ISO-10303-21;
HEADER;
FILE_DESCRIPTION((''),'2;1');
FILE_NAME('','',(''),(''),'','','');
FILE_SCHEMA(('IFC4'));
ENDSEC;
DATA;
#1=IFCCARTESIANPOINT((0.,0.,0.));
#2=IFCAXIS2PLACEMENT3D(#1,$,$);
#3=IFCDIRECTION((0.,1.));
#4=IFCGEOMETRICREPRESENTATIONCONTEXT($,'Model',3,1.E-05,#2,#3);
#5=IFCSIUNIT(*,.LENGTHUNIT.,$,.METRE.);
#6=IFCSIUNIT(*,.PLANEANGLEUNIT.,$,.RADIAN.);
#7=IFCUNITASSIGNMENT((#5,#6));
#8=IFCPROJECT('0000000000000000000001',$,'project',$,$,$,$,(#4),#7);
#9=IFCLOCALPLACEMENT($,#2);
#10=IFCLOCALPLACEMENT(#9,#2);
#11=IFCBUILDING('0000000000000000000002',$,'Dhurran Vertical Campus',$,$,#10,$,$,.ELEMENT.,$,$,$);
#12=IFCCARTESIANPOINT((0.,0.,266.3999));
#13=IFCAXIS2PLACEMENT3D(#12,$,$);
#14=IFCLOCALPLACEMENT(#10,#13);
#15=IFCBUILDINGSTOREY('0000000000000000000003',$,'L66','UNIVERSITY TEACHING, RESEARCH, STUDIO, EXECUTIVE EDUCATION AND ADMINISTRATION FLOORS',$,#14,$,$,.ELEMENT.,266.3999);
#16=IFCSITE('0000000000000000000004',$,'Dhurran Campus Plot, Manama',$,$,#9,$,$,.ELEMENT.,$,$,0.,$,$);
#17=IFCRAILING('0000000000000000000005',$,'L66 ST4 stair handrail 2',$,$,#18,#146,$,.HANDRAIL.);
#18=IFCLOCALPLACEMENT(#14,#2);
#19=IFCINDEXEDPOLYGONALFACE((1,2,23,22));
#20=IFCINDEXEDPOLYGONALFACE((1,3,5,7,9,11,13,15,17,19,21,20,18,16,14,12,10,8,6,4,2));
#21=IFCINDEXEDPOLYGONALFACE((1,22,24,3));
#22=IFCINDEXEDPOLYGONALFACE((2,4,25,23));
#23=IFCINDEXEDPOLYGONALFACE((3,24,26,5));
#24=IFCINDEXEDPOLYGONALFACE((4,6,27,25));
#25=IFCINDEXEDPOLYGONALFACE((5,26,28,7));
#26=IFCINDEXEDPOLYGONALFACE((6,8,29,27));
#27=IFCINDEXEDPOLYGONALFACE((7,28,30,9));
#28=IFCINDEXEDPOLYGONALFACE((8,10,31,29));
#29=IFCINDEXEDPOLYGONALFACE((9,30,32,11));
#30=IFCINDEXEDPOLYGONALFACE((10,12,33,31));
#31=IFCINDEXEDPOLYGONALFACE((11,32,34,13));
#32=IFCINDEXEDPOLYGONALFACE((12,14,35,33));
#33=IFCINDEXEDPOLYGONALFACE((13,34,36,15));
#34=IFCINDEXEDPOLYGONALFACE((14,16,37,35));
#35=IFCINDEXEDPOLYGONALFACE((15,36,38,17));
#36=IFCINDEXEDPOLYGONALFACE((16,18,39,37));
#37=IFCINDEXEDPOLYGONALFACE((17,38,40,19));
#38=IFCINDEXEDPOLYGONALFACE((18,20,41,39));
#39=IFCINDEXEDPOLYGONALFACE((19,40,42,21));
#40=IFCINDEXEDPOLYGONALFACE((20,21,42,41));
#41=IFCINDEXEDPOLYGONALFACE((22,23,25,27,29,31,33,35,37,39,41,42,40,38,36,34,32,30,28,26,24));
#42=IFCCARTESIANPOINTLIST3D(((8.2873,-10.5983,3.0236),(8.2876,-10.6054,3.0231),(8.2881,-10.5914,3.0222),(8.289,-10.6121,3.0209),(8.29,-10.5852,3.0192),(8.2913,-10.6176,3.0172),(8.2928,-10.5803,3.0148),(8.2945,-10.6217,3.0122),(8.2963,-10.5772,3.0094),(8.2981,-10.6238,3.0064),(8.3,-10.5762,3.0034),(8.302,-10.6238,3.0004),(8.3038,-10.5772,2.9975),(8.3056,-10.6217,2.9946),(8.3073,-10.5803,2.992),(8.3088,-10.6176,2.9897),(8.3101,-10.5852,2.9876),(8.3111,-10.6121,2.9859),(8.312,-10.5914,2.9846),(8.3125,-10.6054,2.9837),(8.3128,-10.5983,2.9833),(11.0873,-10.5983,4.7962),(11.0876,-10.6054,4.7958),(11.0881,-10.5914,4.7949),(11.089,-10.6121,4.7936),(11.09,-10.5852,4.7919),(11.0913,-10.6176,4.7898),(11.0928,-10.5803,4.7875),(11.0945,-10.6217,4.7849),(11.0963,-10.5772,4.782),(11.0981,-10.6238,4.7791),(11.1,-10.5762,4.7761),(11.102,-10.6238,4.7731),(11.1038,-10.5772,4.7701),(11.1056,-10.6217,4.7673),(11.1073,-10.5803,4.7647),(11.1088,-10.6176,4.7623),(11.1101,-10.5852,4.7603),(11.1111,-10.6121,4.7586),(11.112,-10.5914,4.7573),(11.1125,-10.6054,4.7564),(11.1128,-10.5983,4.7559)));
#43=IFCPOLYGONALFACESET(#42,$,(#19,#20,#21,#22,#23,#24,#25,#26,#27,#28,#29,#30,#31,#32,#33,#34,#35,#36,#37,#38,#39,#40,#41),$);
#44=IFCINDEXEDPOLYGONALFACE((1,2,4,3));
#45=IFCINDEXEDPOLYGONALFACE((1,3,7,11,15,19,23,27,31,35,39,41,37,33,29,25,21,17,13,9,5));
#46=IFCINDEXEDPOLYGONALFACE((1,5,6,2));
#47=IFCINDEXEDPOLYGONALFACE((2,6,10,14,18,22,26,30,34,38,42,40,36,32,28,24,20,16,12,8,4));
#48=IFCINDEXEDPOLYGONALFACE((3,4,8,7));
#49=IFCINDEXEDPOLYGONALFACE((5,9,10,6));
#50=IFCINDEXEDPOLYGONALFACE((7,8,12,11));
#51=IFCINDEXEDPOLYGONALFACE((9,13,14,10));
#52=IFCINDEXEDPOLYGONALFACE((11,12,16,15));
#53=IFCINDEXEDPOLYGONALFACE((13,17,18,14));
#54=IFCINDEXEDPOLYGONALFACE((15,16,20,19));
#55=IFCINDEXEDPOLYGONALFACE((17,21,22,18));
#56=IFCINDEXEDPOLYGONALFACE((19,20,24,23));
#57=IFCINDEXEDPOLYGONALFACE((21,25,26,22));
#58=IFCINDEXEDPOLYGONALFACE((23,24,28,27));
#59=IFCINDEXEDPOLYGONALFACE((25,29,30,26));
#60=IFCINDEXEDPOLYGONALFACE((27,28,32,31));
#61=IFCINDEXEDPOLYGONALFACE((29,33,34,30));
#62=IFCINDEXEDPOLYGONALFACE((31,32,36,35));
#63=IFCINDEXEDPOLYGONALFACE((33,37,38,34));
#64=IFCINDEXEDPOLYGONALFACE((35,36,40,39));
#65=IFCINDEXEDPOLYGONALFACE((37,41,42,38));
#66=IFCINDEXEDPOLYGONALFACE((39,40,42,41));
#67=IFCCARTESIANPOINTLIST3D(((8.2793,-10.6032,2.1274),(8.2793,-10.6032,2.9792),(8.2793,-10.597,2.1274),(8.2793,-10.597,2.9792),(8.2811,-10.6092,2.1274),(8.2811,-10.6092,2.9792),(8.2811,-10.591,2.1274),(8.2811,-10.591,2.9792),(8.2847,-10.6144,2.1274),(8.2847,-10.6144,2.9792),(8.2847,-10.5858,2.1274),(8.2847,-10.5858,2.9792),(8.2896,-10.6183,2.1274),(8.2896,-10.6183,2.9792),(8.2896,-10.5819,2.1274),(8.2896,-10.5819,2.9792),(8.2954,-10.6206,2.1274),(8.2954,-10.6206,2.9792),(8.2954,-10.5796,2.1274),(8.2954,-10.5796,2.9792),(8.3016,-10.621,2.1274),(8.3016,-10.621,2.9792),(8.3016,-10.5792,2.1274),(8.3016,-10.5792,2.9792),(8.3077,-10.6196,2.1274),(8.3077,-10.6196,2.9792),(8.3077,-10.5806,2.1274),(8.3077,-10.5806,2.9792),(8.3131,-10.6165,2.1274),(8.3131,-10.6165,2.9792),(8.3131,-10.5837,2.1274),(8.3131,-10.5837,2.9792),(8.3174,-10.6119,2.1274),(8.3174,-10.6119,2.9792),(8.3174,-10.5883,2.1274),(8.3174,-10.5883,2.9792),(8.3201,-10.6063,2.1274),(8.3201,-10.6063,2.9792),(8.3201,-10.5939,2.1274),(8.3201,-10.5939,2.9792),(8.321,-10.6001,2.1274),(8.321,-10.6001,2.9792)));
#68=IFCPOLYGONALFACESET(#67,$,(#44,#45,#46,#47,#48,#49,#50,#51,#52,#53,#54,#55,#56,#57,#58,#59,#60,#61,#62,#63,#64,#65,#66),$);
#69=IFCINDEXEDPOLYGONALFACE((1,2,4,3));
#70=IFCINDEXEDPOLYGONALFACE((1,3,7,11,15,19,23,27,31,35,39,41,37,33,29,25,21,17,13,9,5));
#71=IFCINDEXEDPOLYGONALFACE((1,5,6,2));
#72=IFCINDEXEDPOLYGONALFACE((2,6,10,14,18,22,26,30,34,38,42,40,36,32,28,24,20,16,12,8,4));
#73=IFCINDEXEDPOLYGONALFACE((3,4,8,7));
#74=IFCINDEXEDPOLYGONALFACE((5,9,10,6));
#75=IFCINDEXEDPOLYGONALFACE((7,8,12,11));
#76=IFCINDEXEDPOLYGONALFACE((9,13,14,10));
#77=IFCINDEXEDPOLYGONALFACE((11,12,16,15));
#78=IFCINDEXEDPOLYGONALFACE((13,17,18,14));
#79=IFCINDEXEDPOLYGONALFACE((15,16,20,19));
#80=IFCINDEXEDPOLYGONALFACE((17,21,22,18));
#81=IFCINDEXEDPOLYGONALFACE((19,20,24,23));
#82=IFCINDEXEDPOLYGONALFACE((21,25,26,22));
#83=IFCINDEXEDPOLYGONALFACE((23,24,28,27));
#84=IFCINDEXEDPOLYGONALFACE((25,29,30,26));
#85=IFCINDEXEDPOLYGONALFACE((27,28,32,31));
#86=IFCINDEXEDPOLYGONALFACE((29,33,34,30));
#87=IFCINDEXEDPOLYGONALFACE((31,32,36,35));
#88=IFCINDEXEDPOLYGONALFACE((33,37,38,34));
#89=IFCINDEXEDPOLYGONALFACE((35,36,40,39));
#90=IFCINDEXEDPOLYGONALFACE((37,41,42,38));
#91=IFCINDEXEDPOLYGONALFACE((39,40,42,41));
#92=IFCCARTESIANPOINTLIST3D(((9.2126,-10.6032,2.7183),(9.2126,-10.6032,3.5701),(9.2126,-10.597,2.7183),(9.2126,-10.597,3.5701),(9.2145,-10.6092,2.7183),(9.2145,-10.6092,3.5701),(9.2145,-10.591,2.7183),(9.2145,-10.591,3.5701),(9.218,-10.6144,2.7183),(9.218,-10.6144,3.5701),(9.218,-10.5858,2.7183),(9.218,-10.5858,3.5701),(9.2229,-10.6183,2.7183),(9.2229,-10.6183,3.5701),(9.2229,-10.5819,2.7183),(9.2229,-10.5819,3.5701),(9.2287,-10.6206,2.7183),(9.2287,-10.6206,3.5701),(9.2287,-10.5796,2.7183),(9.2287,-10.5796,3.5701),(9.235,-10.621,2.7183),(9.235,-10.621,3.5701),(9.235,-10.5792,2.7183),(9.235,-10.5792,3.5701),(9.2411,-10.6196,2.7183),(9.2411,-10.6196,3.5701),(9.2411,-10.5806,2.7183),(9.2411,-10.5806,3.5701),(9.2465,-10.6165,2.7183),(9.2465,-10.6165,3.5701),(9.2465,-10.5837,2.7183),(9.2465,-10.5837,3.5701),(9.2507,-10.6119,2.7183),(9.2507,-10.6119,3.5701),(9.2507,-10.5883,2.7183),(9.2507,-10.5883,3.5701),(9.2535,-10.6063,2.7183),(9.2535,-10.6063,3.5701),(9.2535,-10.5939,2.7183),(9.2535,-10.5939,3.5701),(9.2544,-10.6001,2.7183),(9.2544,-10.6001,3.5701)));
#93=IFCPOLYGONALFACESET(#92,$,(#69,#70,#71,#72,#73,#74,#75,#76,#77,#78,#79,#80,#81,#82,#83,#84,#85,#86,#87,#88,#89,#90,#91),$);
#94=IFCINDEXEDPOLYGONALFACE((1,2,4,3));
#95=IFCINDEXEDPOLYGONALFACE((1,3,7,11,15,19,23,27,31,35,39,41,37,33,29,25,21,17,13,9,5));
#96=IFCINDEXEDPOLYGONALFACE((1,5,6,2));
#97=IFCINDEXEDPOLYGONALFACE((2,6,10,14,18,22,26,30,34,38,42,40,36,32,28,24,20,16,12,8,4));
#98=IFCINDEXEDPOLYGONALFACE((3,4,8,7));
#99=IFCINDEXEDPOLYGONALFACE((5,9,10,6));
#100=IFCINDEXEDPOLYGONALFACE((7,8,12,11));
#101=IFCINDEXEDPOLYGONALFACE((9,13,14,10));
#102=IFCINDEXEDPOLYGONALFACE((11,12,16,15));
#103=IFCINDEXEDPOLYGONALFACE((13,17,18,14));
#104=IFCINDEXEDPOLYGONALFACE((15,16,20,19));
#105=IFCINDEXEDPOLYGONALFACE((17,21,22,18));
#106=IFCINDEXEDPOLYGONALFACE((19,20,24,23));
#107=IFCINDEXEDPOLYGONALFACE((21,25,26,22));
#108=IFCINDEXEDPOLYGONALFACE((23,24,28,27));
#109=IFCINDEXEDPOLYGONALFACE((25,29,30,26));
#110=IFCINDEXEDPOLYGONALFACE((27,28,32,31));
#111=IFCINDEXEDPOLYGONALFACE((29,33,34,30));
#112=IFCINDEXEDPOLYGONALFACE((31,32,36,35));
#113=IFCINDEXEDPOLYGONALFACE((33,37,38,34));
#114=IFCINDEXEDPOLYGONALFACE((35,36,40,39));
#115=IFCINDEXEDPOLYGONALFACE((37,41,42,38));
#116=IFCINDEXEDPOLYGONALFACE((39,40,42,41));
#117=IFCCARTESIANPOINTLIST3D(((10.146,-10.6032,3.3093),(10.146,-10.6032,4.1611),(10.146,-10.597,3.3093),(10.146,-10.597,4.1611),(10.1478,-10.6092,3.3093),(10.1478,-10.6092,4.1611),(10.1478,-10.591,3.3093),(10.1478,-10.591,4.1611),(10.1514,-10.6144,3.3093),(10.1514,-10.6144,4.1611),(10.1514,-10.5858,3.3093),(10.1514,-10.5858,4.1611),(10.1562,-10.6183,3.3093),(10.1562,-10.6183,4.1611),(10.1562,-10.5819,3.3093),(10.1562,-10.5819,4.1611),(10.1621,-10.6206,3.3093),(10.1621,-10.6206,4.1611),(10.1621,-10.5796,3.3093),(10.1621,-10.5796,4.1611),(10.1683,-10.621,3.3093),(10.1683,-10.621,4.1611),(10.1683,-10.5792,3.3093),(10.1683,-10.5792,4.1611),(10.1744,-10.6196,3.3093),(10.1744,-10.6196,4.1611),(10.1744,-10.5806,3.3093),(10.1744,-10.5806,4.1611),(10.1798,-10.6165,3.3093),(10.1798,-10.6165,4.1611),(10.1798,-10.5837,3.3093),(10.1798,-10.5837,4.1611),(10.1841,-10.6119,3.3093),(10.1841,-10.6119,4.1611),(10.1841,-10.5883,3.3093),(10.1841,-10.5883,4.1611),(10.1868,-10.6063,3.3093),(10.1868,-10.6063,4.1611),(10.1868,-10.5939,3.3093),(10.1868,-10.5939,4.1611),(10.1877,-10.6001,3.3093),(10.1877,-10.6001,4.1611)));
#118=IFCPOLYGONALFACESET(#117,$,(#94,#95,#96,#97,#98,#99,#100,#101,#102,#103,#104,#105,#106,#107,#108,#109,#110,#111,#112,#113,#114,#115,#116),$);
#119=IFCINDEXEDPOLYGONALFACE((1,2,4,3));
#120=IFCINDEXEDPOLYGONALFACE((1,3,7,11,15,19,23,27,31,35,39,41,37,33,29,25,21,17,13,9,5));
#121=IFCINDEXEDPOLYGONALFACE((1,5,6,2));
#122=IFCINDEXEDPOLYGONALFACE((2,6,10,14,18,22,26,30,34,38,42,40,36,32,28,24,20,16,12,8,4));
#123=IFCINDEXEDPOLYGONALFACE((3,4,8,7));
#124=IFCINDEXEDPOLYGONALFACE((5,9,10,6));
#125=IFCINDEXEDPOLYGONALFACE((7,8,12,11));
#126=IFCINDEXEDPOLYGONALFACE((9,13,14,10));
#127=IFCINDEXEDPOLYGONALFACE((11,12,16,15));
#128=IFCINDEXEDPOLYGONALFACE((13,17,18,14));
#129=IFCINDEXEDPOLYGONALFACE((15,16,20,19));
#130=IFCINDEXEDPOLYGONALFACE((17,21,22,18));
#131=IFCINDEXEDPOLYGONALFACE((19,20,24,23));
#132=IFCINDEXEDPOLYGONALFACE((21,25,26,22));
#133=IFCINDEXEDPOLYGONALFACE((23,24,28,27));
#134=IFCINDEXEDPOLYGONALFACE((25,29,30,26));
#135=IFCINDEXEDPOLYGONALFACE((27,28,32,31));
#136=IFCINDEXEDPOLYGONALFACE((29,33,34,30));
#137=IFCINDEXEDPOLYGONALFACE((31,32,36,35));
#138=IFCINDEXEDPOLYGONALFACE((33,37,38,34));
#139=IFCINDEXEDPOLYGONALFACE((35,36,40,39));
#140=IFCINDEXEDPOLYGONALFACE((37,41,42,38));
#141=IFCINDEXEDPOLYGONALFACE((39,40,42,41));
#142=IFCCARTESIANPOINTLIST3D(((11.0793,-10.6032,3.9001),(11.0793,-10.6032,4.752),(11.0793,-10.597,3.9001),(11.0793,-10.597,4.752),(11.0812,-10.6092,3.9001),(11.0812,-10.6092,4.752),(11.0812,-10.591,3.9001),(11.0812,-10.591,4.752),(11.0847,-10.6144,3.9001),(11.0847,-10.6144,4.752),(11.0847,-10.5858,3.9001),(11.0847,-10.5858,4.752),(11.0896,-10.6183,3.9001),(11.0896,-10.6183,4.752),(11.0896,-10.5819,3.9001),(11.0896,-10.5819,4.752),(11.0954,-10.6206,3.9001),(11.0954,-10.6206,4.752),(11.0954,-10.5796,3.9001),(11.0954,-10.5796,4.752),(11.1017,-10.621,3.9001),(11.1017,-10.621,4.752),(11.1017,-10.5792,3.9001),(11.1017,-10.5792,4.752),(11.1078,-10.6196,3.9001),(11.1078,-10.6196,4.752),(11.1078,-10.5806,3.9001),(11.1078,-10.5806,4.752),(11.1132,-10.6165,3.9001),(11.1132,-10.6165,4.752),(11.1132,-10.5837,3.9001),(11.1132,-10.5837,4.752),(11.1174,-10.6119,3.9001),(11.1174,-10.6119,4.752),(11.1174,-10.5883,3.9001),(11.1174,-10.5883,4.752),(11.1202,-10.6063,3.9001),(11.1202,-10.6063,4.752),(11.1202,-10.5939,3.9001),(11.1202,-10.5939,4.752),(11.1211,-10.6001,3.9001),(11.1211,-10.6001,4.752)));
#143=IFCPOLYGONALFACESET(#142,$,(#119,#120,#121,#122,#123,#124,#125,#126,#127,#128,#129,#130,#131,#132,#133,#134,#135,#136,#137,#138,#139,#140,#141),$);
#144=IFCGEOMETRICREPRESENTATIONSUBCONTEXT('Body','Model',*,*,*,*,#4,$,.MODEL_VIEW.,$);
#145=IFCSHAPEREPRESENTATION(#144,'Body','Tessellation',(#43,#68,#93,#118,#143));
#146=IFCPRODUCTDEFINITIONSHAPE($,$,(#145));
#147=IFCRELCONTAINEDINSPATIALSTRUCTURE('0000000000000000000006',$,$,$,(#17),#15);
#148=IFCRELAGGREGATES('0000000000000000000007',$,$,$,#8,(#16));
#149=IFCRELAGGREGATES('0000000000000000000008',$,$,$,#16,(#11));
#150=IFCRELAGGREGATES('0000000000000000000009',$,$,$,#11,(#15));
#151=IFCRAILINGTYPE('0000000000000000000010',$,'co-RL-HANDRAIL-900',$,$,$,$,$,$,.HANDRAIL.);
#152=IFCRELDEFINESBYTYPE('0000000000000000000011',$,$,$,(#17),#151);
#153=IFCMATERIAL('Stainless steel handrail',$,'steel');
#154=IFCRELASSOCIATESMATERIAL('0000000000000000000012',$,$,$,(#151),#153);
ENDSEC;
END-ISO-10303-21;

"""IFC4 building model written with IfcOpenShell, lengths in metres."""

from ifc_helpers import new_model, si_unit, direction, frame, origin, origin_2d, place, context, subcontext, project, spatial, circle, extrude, material, type_object, element, save


model = new_model("IFC4")

# Units and contexts
model_context = context("Model", 3, precision=1e-05, world=origin(), true_north=direction((0.0, 1.0)))
body_context = subcontext(model_context, "Body", "Model", "MODEL_VIEW")
ifc_project = project(units=[si_unit("LENGTHUNIT", "METRE"), si_unit("PLANEANGLEUNIT", "RADIAN")], contexts=[model_context])

# Site, building, storey
site_placement = place(None, origin())
site = spatial("IfcSite", under=ifc_project, at=site_placement, Name="Dhurran Campus Plot, Manama", CompositionType="ELEMENT", RefElevation=0.0)
building_placement = place(site_placement, origin())
building = spatial("IfcBuilding", under=site, at=building_placement, Name="Dhurran Vertical Campus", CompositionType="ELEMENT")
storey_placement = place(building_placement, frame((0.0, 0.0, 266.3999)))
storey = spatial("IfcBuildingStorey", under=building, at=storey_placement, Name="L66", Description="UNIVERSITY TEACHING, RESEARCH, STUDIO, EXECUTIVE EDUCATION AND ADMINISTRATION FLOORS", CompositionType="ELEMENT", Elevation=266.3999)

# Railing
ifc_material_1 = material(Name="Stainless steel handrail", Category="steel")
railing_type_1 = type_object("IfcRailingType", Name="co-RL-HANDRAIL-900", PredefinedType="HANDRAIL", material=ifc_material_1)
railing_1_placement = place(storey_placement, frame((8.3, -10.6001, 2.1274)))
element("IfcRailing", 1, at=railing_1_placement, inside=storey, type_object=railing_type_1, Name="L66 ST4 stair handrail 2", PredefinedType="HANDRAIL", context=body_context, shape_type="SweptSolid", body=[
    extrude(circle(Radius=0.0239, at=origin_2d()), frame((0.0, 0.0, 0.876), z_axis=(0.844909, 0.0, 0.53491), x_axis=(0.0, 1.0, 0.0)), (0.0, 0.0, 1.0), 3.314),
    extrude(circle(Radius=0.021, at=origin_2d()), origin(), (0.0, 0.0, 1.0), 0.8518),
    extrude(circle(Radius=0.021, at=origin_2d()), frame((0.9333, 0.0, 0.5908)), (0.0, 0.0, 1.0), 0.8518),
    extrude(circle(Radius=0.021, at=origin_2d()), frame((1.8667, 0.0, 1.1819)), (0.0, 0.0, 1.0), 0.8518),
    extrude(circle(Radius=0.021, at=origin_2d()), frame((2.8, 0.0, 1.7727)), (0.0, 0.0, 1.0), 0.8518),
])

save(model, "model.ifc")
